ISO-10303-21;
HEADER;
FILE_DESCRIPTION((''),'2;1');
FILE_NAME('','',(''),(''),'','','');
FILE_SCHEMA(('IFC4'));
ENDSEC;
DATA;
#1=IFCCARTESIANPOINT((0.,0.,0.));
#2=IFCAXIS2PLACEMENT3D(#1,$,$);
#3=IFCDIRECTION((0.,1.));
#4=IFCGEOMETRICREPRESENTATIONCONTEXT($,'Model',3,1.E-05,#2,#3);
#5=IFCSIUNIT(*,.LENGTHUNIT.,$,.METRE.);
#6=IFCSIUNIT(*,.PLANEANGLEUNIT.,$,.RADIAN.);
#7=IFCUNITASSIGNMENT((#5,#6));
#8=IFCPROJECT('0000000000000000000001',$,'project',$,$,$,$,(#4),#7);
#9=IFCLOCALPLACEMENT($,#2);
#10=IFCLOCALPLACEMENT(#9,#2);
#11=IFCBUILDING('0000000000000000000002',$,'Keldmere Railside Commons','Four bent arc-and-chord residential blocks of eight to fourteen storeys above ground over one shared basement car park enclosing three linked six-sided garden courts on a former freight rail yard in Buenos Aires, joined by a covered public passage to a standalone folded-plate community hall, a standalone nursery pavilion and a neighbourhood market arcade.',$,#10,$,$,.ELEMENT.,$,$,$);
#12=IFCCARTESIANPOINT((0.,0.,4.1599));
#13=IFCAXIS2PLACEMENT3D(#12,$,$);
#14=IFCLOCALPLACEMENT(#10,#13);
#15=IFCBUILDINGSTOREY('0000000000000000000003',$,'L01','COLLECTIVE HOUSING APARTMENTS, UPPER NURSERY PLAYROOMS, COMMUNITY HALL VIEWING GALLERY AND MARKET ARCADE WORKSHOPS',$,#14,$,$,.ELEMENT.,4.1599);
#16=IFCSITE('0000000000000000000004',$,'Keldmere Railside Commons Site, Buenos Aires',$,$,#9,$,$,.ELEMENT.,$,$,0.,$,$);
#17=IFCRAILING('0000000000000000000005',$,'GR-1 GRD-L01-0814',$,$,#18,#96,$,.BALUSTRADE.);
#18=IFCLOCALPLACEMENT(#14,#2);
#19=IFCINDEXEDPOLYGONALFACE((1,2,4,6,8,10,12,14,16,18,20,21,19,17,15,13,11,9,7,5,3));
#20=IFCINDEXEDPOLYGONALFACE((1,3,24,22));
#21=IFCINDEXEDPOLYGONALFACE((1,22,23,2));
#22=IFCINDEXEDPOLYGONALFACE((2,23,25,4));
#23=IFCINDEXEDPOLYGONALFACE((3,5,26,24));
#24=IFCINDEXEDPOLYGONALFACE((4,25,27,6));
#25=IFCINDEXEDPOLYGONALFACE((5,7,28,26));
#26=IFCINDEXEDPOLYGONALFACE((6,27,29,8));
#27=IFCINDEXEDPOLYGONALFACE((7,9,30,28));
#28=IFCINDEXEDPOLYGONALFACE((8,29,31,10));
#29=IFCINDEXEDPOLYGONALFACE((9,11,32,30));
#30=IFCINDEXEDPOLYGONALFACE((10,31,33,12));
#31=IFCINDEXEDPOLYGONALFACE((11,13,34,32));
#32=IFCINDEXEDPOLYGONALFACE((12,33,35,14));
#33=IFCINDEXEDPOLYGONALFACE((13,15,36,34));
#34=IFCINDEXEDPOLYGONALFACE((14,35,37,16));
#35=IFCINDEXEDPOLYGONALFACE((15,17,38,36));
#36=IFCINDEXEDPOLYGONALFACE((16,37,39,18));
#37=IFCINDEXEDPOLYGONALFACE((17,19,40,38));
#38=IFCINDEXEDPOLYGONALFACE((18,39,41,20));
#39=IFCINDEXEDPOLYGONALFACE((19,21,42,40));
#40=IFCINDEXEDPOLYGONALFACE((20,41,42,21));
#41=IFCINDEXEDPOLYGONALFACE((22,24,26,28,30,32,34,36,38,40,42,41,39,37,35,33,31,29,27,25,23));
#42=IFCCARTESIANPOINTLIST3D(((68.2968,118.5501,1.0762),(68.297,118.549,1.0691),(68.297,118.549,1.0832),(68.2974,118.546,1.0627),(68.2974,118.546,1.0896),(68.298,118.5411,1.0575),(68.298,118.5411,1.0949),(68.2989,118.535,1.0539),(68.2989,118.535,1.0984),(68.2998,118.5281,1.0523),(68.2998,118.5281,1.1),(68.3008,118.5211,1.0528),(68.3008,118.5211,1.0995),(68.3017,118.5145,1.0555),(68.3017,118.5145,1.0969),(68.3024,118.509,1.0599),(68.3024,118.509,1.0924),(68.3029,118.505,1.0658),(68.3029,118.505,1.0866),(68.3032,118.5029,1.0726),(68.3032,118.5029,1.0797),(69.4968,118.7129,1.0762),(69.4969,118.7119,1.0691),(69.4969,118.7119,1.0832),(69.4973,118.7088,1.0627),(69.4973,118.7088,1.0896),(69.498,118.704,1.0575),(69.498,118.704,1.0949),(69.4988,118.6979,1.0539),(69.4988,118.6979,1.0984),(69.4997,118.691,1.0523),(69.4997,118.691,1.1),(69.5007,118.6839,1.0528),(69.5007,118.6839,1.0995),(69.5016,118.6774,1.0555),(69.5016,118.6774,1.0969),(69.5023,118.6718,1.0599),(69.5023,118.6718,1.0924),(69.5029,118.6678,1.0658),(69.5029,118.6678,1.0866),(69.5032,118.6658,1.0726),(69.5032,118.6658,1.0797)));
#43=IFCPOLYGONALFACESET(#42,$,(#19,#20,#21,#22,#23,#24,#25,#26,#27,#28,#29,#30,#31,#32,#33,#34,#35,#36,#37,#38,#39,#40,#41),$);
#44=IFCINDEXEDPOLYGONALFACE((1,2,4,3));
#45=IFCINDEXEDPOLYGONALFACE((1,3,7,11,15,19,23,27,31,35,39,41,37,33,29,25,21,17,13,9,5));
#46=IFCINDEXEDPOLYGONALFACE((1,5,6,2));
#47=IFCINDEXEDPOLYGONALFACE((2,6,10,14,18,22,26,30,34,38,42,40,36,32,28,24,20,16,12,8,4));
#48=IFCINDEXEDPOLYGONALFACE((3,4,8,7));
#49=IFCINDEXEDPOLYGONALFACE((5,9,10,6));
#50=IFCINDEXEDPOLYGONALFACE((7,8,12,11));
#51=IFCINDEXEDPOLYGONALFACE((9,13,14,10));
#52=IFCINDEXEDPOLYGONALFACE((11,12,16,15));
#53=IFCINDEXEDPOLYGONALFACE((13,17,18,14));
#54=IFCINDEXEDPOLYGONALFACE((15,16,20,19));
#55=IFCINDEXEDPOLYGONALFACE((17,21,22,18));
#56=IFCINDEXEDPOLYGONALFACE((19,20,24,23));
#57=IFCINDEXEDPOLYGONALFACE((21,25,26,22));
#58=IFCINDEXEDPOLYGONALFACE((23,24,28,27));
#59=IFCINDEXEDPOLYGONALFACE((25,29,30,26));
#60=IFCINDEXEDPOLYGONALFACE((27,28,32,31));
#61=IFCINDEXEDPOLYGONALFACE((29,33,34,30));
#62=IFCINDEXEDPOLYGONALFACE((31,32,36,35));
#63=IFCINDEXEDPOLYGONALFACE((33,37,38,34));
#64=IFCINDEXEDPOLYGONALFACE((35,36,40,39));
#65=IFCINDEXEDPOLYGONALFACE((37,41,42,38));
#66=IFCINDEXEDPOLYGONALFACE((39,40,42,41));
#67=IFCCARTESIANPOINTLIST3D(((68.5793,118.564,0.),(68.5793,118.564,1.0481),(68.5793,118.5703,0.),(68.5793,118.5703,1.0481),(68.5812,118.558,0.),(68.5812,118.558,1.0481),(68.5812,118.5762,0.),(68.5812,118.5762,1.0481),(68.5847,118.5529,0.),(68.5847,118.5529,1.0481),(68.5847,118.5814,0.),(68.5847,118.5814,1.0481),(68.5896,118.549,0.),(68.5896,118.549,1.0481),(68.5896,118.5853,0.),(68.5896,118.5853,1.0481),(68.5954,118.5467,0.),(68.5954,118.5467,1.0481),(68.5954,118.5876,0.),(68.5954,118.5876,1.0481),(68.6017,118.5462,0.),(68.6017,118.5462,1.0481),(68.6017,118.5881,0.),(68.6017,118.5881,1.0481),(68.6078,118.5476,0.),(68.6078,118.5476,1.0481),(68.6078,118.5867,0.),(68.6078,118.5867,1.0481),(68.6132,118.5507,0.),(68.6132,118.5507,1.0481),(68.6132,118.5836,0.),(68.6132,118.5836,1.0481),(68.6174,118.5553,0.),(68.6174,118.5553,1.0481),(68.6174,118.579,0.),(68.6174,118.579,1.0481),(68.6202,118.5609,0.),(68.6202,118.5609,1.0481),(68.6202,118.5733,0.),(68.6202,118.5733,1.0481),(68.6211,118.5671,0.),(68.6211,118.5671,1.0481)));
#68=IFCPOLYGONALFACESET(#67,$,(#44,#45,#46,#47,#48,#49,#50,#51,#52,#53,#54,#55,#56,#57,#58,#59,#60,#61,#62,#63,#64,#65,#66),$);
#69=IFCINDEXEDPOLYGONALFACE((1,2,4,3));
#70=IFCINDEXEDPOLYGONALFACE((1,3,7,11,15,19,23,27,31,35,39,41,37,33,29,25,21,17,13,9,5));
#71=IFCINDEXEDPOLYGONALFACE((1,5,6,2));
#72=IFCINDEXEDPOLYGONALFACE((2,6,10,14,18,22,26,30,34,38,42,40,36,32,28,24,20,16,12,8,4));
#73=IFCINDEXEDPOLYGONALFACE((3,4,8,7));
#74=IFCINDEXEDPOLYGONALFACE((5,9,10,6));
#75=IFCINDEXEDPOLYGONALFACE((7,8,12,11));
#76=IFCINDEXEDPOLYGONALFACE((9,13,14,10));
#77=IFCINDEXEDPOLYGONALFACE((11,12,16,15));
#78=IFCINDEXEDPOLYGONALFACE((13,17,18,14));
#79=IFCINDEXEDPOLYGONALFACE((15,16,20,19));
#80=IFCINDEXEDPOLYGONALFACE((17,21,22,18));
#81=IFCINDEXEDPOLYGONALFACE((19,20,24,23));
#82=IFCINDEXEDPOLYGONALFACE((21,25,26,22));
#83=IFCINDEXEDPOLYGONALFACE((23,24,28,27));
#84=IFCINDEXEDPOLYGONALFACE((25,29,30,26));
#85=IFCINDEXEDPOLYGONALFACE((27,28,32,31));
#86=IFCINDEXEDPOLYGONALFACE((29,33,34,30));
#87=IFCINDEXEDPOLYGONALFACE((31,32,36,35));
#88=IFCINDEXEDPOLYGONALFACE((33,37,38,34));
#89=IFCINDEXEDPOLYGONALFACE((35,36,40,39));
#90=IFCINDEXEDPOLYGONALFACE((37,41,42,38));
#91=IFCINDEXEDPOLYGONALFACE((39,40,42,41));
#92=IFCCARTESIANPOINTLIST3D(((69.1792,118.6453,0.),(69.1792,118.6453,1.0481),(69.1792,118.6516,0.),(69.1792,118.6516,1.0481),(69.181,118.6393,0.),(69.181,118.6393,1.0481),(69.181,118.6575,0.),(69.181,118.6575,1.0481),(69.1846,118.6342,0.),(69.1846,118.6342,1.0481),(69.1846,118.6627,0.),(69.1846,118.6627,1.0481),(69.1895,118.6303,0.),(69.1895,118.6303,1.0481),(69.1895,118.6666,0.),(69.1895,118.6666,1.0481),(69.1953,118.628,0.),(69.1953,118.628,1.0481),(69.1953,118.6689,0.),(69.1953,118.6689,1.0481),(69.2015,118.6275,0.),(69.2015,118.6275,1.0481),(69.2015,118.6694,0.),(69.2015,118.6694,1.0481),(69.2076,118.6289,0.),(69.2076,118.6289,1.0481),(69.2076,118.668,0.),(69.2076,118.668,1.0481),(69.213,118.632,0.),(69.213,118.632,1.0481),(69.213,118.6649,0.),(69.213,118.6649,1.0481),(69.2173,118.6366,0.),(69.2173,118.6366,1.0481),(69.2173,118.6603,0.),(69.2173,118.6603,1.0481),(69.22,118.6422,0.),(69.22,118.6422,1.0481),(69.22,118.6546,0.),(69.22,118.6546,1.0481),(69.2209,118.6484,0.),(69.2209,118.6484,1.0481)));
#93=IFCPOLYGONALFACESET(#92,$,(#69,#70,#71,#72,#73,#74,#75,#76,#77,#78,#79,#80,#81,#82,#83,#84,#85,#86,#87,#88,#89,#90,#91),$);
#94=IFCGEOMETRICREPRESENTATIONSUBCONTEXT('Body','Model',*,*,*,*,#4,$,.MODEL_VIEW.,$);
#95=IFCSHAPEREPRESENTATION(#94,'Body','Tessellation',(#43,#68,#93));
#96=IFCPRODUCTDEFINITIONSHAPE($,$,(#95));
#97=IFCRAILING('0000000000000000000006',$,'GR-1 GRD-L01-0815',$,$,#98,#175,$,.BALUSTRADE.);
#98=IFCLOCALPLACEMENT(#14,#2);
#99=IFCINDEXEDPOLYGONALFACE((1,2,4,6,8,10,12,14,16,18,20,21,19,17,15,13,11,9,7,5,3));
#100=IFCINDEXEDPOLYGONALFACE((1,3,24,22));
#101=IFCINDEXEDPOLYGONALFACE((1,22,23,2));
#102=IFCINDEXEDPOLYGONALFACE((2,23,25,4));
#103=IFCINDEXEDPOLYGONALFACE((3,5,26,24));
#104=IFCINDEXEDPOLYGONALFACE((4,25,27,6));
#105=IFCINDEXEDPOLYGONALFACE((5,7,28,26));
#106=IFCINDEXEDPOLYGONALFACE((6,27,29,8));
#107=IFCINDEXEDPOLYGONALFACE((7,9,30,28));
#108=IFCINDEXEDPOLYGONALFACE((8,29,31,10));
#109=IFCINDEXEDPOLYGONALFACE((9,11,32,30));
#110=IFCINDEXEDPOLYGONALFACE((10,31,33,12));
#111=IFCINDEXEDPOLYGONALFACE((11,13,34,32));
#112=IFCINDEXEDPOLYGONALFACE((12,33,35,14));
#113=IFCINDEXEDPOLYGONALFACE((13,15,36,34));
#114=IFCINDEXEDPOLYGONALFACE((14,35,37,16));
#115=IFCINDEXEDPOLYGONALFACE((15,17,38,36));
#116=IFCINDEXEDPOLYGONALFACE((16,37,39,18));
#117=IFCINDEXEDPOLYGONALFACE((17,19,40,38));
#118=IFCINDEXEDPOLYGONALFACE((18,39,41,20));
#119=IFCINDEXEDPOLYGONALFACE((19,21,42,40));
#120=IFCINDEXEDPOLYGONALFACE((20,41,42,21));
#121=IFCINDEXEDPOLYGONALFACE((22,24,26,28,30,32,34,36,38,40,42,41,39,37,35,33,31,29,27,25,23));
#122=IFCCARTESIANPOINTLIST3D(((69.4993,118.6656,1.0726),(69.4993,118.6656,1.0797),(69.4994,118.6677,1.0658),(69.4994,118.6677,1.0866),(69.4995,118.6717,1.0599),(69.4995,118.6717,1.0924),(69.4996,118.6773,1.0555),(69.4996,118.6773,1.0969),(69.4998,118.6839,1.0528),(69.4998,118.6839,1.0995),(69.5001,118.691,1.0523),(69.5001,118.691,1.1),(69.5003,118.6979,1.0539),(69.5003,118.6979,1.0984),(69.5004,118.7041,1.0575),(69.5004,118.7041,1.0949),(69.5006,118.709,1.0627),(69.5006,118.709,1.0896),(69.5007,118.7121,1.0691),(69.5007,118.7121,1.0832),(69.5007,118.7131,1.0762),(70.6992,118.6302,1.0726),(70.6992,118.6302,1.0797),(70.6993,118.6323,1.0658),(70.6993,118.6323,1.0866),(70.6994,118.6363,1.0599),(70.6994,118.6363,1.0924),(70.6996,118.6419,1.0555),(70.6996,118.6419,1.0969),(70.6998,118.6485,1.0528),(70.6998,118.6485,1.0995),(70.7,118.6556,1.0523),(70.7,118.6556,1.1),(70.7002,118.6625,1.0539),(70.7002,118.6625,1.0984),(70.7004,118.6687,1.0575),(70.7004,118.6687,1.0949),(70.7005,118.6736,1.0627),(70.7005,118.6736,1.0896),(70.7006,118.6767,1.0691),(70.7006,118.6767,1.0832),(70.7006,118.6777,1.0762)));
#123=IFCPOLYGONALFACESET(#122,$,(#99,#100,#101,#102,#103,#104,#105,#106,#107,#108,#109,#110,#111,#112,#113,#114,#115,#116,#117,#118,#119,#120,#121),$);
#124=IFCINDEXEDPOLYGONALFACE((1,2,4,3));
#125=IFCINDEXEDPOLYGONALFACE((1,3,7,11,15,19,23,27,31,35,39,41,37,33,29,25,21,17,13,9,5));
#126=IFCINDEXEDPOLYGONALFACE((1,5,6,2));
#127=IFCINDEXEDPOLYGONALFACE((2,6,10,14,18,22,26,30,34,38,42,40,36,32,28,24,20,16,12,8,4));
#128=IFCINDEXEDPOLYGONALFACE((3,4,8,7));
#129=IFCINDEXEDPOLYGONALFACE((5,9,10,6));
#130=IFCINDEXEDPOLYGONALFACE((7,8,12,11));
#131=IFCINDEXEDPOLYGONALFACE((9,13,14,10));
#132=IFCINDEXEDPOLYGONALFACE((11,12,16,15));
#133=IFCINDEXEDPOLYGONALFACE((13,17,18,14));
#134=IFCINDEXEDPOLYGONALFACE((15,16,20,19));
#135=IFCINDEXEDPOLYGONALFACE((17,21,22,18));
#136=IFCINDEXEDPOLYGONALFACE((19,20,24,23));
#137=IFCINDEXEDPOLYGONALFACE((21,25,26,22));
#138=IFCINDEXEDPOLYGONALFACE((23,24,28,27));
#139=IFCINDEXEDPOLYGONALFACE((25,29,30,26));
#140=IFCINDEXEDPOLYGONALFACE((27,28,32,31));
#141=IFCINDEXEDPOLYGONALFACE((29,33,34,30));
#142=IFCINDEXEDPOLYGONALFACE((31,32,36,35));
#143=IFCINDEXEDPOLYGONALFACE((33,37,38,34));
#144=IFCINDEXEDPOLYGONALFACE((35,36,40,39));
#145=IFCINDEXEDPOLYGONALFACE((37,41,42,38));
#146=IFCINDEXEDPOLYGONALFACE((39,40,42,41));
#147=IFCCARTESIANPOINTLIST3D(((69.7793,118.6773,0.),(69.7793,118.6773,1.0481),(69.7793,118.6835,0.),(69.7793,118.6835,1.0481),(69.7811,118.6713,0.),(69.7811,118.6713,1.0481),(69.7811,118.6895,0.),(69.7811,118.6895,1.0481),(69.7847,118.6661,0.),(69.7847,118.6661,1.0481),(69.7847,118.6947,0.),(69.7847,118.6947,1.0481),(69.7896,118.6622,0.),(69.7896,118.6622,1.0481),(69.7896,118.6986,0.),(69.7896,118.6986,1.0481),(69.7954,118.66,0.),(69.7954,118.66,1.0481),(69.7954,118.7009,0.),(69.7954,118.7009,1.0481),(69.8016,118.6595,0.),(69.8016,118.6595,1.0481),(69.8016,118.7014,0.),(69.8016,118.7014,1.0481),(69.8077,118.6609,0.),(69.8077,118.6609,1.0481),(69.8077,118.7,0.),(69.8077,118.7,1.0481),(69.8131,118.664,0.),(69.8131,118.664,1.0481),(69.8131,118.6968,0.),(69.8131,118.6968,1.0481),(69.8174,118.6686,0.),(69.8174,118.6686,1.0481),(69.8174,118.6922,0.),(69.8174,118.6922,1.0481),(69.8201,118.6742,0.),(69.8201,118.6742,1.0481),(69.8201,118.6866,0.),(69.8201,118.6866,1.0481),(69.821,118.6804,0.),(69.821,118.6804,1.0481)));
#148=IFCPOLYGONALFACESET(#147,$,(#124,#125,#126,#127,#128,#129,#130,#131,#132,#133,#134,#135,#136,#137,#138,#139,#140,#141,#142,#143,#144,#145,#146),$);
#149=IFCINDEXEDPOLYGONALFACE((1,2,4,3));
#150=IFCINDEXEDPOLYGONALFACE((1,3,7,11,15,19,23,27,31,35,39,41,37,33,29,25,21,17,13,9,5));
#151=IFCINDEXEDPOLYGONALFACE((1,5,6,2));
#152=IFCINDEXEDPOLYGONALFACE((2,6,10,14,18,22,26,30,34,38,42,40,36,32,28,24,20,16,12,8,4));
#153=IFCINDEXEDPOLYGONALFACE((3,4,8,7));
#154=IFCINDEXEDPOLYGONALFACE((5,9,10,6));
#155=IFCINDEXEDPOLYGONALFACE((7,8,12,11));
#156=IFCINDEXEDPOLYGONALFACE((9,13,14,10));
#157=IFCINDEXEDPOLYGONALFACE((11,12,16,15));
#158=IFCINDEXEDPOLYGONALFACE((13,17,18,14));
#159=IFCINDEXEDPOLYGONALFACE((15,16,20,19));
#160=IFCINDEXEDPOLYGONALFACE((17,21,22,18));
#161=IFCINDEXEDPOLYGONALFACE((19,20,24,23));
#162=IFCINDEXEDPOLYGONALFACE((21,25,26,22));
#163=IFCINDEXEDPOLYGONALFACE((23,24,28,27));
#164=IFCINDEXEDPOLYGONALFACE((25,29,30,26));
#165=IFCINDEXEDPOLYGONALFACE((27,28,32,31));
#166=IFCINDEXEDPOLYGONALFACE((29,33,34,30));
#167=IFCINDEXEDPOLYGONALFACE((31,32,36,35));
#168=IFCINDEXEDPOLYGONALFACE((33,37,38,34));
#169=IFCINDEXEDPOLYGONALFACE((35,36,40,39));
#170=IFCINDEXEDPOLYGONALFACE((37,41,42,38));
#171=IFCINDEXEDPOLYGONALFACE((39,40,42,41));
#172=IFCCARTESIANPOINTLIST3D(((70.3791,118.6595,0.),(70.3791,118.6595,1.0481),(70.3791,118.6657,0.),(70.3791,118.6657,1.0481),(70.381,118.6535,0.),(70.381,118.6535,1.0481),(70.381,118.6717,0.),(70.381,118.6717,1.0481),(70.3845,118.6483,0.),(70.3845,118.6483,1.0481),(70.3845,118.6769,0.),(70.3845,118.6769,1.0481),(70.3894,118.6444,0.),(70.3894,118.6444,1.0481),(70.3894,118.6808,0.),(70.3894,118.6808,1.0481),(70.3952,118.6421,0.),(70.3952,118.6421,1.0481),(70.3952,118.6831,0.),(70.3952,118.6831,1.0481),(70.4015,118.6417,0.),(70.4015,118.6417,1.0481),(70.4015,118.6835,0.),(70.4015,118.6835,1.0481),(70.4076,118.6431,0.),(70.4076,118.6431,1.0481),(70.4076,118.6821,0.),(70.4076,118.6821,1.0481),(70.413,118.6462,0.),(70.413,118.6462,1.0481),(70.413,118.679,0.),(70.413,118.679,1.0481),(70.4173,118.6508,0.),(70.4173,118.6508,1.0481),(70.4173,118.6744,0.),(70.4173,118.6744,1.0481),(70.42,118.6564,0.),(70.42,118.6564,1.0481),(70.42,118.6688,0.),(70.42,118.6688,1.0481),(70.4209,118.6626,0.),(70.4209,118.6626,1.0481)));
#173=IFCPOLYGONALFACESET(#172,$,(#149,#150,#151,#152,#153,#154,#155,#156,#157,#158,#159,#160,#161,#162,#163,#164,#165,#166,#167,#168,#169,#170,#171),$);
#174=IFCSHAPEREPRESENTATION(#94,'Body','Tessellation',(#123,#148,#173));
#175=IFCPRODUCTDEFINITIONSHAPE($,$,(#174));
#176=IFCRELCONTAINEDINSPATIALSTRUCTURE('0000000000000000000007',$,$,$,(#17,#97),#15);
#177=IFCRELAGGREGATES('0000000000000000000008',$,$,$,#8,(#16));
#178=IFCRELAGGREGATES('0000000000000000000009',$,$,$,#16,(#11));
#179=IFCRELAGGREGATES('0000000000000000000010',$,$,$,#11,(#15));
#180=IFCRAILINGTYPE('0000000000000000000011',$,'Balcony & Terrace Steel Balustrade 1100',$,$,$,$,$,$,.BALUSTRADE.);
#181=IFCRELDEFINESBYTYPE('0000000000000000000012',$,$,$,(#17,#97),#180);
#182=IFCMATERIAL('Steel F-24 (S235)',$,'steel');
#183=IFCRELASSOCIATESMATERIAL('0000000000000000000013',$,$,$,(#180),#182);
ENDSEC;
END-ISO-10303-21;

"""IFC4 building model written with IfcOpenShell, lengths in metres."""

from ifc_helpers import new_model, si_unit, direction, frame, origin, origin_2d, place, context, subcontext, project, spatial, circle, extrude, material, type_object, element, save


model = new_model("IFC4")

# Units and contexts
model_context = context("Model", 3, precision=1e-05, world=origin(), true_north=direction((0.0, 1.0)))
body_context = subcontext(model_context, "Body", "Model", "MODEL_VIEW")
ifc_project = project(units=[si_unit("LENGTHUNIT", "METRE"), si_unit("PLANEANGLEUNIT", "RADIAN")], contexts=[model_context])

# Site, building, storey
site_placement = place(None, origin())
site = spatial("IfcSite", under=ifc_project, at=site_placement, Name="Keldmere Railside Commons Site, Buenos Aires", CompositionType="ELEMENT", RefElevation=0.0)
building_placement = place(site_placement, origin())
building = spatial("IfcBuilding", under=site, at=building_placement, Name="Keldmere Railside Commons", Description="Four bent arc-and-chord residential blocks of eight to fourteen storeys above ground over one shared basement car park enclosing three linked six-sided garden courts on a former freight rail yard in Buenos Aires, joined by a covered public passage to a standalone folded-plate community hall, a standalone nursery pavilion and a neighbourhood market arcade.", CompositionType="ELEMENT")
storey_placement = place(building_placement, frame((0.0, 0.0, 4.1599)))
storey = spatial("IfcBuildingStorey", under=building, at=storey_placement, Name="L01", Description="COLLECTIVE HOUSING APARTMENTS, UPPER NURSERY PLAYROOMS, COMMUNITY HALL VIEWING GALLERY AND MARKET ARCADE WORKSHOPS", CompositionType="ELEMENT", Elevation=4.1599)

# Railings
ifc_material_1 = material(Name="Steel F-24 (S235)", Category="steel")
railing_type_1 = type_object("IfcRailingType", Name="Balcony & Terrace Steel Balustrade 1100", PredefinedType="BALUSTRADE", material=ifc_material_1)
railing_1_placement = place(storey_placement, frame((68.3, 118.5264, 0.0)))
element("IfcRailing", 1, at=railing_1_placement, inside=storey, type_object=railing_type_1, Name="GR-1 GRD-L01-0814", PredefinedType="BALUSTRADE", context=body_context, shape_type="SweptSolid", body=[
    extrude(circle(Radius=0.0239, at=origin_2d()), frame((0.0, 0.0, 1.0762), z_axis=(0.990917, 0.134474, 0.0), x_axis=(-0.134474, 0.990917, 0.0)), (0.0, 0.0, 1.0), 1.2109),
    extrude(circle(Radius=0.021, at=origin_2d()), frame((0.3, 0.0408, 0.0)), (0.0, 0.0, 1.0), 1.0481),
    extrude(circle(Radius=0.021, at=origin_2d()), frame((0.8999, 0.1221, 0.0)), (0.0, 0.0, 1.0), 1.0481),
])
railing_2_placement = place(storey_placement, frame((69.5, 118.6892, 0.0)))
element("IfcRailing", 2, at=railing_2_placement, inside=storey, type_object=railing_type_1, Name="GR-1 GRD-L01-0815", PredefinedType="BALUSTRADE", context=body_context, shape_type="SweptSolid", body=[
    extrude(circle(Radius=0.0239, at=origin_2d()), frame((0.0, 0.0, 1.0762), z_axis=(0.999565, -0.029489, 0.0), x_axis=(0.029489, 0.999565, 0.0)), (0.0, 0.0, 1.0), 1.2004),
    extrude(circle(Radius=0.021, at=origin_2d()), frame((0.3, -0.0088, 0.0)), (0.0, 0.0, 1.0), 1.0481),
    extrude(circle(Radius=0.021, at=origin_2d()), frame((0.8999, -0.0266, 0.0)), (0.0, 0.0, 1.0), 1.0481),
])

save(model, "model.ifc")
